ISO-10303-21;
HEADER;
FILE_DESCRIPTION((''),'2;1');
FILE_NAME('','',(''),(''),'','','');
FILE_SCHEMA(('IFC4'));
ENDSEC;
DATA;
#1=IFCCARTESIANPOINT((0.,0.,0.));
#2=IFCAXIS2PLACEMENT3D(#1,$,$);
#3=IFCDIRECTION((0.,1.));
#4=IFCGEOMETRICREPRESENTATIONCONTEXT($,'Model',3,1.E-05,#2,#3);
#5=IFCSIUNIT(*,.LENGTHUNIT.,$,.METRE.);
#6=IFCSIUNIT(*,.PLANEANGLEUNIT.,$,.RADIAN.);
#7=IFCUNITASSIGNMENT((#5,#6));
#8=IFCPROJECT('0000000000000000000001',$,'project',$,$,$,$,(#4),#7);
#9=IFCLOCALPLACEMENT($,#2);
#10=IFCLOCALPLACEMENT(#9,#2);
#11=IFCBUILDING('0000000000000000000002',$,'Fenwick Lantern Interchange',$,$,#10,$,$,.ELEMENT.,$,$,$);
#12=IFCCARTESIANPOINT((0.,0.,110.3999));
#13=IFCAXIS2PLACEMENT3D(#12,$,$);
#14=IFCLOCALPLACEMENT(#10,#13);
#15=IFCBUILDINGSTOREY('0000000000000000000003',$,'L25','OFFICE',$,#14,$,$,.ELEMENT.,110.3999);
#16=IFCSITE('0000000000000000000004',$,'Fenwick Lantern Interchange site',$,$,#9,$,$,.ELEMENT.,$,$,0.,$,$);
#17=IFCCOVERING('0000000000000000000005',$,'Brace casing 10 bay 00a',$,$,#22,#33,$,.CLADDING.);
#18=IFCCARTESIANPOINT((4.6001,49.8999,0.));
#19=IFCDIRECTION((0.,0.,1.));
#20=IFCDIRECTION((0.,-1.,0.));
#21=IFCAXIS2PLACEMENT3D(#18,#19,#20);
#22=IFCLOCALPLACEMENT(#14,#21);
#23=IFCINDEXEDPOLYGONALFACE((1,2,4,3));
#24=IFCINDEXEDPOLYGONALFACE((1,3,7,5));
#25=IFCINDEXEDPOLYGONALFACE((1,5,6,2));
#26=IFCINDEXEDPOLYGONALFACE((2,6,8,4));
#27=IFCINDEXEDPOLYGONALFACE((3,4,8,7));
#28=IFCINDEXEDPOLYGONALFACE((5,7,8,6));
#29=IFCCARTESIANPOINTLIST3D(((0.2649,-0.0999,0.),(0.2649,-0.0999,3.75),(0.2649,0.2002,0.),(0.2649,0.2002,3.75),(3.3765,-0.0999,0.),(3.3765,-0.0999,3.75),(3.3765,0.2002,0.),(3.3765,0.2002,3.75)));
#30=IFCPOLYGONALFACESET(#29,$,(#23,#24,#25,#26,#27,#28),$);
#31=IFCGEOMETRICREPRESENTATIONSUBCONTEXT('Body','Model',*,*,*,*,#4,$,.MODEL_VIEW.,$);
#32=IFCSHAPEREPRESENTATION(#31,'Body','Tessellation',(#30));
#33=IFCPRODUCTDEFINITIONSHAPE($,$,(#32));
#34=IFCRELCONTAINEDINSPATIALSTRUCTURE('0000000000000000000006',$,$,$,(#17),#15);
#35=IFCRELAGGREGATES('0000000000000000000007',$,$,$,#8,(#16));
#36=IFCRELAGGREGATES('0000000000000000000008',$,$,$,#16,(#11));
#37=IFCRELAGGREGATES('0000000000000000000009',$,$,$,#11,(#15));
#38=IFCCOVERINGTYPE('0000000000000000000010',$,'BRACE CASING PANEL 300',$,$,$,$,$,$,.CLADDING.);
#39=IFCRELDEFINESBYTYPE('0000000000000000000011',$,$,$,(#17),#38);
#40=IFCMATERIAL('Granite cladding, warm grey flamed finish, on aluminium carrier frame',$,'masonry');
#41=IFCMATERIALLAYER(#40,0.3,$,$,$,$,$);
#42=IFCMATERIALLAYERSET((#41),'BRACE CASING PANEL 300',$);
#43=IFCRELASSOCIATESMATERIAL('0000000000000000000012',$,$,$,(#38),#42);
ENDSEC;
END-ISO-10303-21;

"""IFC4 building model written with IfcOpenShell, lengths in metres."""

from ifc_helpers import new_model, si_unit, direction, frame, origin, place, context, subcontext, project, spatial, polyline, outline, extrude, material, layer, layer_set, type_object, element, save


model = new_model("IFC4")

# Units and contexts
model_context = context("Model", 3, precision=1e-05, world=origin(), true_north=direction((0.0, 1.0)))
body_context = subcontext(model_context, "Body", "Model", "MODEL_VIEW")
ifc_project = project(units=[si_unit("LENGTHUNIT", "METRE"), si_unit("PLANEANGLEUNIT", "RADIAN")], contexts=[model_context])

# Site, building, storey
site_placement = place(None, origin())
site = spatial("IfcSite", under=ifc_project, at=site_placement, Name="Fenwick Lantern Interchange site", CompositionType="ELEMENT", RefElevation=0.0)
building_placement = place(site_placement, origin())
building = spatial("IfcBuilding", under=site, at=building_placement, Name="Fenwick Lantern Interchange", CompositionType="ELEMENT")
storey_placement = place(building_placement, frame((0.0, 0.0, 110.3999)))
storey = spatial("IfcBuildingStorey", under=building, at=storey_placement, Name="L25", Description="OFFICE", CompositionType="ELEMENT", Elevation=110.3999)

# Covering
ifc_material_1 = material(Name="Granite cladding, warm grey flamed finish, on aluminium carrier frame", Category="masonry")
ifc_layer_1 = layer(ifc_material_1, 0.3)
ifc_layer_set_1 = layer_set([ifc_layer_1], Name="BRACE CASING PANEL 300")
covering_type = type_object("IfcCoveringType", Name="BRACE CASING PANEL 300", PredefinedType="CLADDING", material=ifc_layer_set_1)
covering_placement = place(storey_placement, frame((4.6001, 49.8999, 0.0), z_axis=(0.0, 0.0, 1.0), x_axis=(0.0, -1.0, 0.0)))
element("IfcCovering", 1, at=covering_placement, inside=storey, type_object=covering_type, Name="Brace casing 10 bay 00a", PredefinedType="CLADDING", context=body_context, shape_type="SweptSolid", body=[
    extrude(outline(polyline([(0.2649, 0.0), (3.3765, 0.0), (3.3765, 3.75), (0.2649, 3.75), (0.2649, 0.0)])), frame((0.0, 0.2002, 0.0), z_axis=(0.0, -1.0, 0.0), x_axis=(1.0, 0.0, 0.0)), (0.0, 0.0, 1.0), 0.3),
])

save(model, "model.ifc")
